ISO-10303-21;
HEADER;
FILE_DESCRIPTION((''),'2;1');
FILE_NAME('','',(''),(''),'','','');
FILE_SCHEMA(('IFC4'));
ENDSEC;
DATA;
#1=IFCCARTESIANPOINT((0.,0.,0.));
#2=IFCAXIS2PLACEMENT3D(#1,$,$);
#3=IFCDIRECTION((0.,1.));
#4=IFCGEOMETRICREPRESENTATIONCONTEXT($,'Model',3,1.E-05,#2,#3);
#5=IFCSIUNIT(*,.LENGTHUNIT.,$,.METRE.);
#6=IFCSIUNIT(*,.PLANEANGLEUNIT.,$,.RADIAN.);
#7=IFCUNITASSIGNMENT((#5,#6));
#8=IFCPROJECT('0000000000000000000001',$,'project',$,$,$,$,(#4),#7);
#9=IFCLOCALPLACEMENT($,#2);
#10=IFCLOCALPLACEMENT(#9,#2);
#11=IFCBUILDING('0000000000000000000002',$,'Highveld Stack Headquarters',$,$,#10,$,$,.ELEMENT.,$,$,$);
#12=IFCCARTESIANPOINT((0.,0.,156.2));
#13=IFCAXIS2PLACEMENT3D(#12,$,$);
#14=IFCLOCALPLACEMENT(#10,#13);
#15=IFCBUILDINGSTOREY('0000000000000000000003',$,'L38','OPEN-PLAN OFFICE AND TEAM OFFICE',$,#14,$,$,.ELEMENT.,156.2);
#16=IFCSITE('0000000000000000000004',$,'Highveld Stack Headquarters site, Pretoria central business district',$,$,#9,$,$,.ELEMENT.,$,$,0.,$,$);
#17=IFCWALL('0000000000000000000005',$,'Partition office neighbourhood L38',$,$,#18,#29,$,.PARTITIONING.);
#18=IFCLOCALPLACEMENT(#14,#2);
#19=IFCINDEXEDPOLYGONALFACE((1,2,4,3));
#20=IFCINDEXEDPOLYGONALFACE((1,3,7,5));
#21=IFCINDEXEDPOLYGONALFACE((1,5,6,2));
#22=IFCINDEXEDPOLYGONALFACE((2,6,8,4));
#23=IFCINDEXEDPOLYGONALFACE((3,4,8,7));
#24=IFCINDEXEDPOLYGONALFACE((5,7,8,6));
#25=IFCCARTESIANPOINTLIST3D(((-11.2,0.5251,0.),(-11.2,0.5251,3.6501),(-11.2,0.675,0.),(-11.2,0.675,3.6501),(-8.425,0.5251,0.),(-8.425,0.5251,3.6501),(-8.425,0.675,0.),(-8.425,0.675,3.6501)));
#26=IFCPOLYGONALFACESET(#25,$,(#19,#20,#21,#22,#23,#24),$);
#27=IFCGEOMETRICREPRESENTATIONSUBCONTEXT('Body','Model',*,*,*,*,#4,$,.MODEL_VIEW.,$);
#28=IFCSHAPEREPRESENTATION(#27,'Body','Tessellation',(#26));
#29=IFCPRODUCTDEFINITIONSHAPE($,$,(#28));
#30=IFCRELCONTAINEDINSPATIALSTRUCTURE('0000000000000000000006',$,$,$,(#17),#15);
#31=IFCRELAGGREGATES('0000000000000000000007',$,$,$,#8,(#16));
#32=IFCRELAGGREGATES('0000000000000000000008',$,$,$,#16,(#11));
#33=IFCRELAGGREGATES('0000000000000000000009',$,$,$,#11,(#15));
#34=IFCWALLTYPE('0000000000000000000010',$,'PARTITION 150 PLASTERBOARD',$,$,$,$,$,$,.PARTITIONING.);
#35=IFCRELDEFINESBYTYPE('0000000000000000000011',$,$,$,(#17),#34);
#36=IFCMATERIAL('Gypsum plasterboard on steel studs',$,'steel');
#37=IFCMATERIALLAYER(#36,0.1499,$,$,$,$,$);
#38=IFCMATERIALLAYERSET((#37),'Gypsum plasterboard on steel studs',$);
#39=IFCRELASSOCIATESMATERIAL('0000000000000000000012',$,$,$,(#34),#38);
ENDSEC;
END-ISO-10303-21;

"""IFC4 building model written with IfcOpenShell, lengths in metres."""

from ifc_helpers import new_model, si_unit, direction, frame, frame_2d, origin, place, context, subcontext, project, spatial, rectangle, extrude, material, layer, layer_set, type_object, element, save


model = new_model("IFC4")

# Units and contexts
model_context = context("Model", 3, precision=1e-05, world=origin(), true_north=direction((0.0, 1.0)))
body_context = subcontext(model_context, "Body", "Model", "MODEL_VIEW")
ifc_project = project(units=[si_unit("LENGTHUNIT", "METRE"), si_unit("PLANEANGLEUNIT", "RADIAN")], contexts=[model_context])

# Site, building, storey
site_placement = place(None, origin())
site = spatial("IfcSite", under=ifc_project, at=site_placement, Name="Highveld Stack Headquarters site, Pretoria central business district", CompositionType="ELEMENT", RefElevation=0.0)
building_placement = place(site_placement, origin())
building = spatial("IfcBuilding", under=site, at=building_placement, Name="Highveld Stack Headquarters", CompositionType="ELEMENT")
storey_placement = place(building_placement, frame((0.0, 0.0, 156.2)))
storey = spatial("IfcBuildingStorey", under=building, at=storey_placement, Name="L38", Description="OPEN-PLAN OFFICE AND TEAM OFFICE", CompositionType="ELEMENT", Elevation=156.2)

# Shared definitions
ifc_material_1 = material(Name="Gypsum plasterboard on steel studs", Category="steel")
ifc_layer_1 = layer(ifc_material_1, 0.1499)
ifc_layer_set_1 = layer_set([ifc_layer_1], Name="Gypsum plasterboard on steel studs")
wall_type_1 = type_object("IfcWallType", Name="PARTITION 150 PLASTERBOARD", PredefinedType="PARTITIONING", material=ifc_layer_set_1)

# Wall
wall_1_placement = place(storey_placement, frame((-11.2, 0.6001, 0.0), z_axis=(0.0, 0.0, 1.0), x_axis=(1.0, 0.0, 0.0)))
element("IfcWall", 1, at=wall_1_placement, inside=storey, type_object=wall_type_1, Name="Partition office neighbourhood L38", PredefinedType="PARTITIONING", context=body_context, shape_type="SweptSolid", body=[
    extrude(rectangle(XDim=2.7749, YDim=0.1499, at=frame_2d((1.3875, 0.0))), origin(), (0.0, 0.0, 1.0), 3.6501),
])

save(model, "model.ifc")
